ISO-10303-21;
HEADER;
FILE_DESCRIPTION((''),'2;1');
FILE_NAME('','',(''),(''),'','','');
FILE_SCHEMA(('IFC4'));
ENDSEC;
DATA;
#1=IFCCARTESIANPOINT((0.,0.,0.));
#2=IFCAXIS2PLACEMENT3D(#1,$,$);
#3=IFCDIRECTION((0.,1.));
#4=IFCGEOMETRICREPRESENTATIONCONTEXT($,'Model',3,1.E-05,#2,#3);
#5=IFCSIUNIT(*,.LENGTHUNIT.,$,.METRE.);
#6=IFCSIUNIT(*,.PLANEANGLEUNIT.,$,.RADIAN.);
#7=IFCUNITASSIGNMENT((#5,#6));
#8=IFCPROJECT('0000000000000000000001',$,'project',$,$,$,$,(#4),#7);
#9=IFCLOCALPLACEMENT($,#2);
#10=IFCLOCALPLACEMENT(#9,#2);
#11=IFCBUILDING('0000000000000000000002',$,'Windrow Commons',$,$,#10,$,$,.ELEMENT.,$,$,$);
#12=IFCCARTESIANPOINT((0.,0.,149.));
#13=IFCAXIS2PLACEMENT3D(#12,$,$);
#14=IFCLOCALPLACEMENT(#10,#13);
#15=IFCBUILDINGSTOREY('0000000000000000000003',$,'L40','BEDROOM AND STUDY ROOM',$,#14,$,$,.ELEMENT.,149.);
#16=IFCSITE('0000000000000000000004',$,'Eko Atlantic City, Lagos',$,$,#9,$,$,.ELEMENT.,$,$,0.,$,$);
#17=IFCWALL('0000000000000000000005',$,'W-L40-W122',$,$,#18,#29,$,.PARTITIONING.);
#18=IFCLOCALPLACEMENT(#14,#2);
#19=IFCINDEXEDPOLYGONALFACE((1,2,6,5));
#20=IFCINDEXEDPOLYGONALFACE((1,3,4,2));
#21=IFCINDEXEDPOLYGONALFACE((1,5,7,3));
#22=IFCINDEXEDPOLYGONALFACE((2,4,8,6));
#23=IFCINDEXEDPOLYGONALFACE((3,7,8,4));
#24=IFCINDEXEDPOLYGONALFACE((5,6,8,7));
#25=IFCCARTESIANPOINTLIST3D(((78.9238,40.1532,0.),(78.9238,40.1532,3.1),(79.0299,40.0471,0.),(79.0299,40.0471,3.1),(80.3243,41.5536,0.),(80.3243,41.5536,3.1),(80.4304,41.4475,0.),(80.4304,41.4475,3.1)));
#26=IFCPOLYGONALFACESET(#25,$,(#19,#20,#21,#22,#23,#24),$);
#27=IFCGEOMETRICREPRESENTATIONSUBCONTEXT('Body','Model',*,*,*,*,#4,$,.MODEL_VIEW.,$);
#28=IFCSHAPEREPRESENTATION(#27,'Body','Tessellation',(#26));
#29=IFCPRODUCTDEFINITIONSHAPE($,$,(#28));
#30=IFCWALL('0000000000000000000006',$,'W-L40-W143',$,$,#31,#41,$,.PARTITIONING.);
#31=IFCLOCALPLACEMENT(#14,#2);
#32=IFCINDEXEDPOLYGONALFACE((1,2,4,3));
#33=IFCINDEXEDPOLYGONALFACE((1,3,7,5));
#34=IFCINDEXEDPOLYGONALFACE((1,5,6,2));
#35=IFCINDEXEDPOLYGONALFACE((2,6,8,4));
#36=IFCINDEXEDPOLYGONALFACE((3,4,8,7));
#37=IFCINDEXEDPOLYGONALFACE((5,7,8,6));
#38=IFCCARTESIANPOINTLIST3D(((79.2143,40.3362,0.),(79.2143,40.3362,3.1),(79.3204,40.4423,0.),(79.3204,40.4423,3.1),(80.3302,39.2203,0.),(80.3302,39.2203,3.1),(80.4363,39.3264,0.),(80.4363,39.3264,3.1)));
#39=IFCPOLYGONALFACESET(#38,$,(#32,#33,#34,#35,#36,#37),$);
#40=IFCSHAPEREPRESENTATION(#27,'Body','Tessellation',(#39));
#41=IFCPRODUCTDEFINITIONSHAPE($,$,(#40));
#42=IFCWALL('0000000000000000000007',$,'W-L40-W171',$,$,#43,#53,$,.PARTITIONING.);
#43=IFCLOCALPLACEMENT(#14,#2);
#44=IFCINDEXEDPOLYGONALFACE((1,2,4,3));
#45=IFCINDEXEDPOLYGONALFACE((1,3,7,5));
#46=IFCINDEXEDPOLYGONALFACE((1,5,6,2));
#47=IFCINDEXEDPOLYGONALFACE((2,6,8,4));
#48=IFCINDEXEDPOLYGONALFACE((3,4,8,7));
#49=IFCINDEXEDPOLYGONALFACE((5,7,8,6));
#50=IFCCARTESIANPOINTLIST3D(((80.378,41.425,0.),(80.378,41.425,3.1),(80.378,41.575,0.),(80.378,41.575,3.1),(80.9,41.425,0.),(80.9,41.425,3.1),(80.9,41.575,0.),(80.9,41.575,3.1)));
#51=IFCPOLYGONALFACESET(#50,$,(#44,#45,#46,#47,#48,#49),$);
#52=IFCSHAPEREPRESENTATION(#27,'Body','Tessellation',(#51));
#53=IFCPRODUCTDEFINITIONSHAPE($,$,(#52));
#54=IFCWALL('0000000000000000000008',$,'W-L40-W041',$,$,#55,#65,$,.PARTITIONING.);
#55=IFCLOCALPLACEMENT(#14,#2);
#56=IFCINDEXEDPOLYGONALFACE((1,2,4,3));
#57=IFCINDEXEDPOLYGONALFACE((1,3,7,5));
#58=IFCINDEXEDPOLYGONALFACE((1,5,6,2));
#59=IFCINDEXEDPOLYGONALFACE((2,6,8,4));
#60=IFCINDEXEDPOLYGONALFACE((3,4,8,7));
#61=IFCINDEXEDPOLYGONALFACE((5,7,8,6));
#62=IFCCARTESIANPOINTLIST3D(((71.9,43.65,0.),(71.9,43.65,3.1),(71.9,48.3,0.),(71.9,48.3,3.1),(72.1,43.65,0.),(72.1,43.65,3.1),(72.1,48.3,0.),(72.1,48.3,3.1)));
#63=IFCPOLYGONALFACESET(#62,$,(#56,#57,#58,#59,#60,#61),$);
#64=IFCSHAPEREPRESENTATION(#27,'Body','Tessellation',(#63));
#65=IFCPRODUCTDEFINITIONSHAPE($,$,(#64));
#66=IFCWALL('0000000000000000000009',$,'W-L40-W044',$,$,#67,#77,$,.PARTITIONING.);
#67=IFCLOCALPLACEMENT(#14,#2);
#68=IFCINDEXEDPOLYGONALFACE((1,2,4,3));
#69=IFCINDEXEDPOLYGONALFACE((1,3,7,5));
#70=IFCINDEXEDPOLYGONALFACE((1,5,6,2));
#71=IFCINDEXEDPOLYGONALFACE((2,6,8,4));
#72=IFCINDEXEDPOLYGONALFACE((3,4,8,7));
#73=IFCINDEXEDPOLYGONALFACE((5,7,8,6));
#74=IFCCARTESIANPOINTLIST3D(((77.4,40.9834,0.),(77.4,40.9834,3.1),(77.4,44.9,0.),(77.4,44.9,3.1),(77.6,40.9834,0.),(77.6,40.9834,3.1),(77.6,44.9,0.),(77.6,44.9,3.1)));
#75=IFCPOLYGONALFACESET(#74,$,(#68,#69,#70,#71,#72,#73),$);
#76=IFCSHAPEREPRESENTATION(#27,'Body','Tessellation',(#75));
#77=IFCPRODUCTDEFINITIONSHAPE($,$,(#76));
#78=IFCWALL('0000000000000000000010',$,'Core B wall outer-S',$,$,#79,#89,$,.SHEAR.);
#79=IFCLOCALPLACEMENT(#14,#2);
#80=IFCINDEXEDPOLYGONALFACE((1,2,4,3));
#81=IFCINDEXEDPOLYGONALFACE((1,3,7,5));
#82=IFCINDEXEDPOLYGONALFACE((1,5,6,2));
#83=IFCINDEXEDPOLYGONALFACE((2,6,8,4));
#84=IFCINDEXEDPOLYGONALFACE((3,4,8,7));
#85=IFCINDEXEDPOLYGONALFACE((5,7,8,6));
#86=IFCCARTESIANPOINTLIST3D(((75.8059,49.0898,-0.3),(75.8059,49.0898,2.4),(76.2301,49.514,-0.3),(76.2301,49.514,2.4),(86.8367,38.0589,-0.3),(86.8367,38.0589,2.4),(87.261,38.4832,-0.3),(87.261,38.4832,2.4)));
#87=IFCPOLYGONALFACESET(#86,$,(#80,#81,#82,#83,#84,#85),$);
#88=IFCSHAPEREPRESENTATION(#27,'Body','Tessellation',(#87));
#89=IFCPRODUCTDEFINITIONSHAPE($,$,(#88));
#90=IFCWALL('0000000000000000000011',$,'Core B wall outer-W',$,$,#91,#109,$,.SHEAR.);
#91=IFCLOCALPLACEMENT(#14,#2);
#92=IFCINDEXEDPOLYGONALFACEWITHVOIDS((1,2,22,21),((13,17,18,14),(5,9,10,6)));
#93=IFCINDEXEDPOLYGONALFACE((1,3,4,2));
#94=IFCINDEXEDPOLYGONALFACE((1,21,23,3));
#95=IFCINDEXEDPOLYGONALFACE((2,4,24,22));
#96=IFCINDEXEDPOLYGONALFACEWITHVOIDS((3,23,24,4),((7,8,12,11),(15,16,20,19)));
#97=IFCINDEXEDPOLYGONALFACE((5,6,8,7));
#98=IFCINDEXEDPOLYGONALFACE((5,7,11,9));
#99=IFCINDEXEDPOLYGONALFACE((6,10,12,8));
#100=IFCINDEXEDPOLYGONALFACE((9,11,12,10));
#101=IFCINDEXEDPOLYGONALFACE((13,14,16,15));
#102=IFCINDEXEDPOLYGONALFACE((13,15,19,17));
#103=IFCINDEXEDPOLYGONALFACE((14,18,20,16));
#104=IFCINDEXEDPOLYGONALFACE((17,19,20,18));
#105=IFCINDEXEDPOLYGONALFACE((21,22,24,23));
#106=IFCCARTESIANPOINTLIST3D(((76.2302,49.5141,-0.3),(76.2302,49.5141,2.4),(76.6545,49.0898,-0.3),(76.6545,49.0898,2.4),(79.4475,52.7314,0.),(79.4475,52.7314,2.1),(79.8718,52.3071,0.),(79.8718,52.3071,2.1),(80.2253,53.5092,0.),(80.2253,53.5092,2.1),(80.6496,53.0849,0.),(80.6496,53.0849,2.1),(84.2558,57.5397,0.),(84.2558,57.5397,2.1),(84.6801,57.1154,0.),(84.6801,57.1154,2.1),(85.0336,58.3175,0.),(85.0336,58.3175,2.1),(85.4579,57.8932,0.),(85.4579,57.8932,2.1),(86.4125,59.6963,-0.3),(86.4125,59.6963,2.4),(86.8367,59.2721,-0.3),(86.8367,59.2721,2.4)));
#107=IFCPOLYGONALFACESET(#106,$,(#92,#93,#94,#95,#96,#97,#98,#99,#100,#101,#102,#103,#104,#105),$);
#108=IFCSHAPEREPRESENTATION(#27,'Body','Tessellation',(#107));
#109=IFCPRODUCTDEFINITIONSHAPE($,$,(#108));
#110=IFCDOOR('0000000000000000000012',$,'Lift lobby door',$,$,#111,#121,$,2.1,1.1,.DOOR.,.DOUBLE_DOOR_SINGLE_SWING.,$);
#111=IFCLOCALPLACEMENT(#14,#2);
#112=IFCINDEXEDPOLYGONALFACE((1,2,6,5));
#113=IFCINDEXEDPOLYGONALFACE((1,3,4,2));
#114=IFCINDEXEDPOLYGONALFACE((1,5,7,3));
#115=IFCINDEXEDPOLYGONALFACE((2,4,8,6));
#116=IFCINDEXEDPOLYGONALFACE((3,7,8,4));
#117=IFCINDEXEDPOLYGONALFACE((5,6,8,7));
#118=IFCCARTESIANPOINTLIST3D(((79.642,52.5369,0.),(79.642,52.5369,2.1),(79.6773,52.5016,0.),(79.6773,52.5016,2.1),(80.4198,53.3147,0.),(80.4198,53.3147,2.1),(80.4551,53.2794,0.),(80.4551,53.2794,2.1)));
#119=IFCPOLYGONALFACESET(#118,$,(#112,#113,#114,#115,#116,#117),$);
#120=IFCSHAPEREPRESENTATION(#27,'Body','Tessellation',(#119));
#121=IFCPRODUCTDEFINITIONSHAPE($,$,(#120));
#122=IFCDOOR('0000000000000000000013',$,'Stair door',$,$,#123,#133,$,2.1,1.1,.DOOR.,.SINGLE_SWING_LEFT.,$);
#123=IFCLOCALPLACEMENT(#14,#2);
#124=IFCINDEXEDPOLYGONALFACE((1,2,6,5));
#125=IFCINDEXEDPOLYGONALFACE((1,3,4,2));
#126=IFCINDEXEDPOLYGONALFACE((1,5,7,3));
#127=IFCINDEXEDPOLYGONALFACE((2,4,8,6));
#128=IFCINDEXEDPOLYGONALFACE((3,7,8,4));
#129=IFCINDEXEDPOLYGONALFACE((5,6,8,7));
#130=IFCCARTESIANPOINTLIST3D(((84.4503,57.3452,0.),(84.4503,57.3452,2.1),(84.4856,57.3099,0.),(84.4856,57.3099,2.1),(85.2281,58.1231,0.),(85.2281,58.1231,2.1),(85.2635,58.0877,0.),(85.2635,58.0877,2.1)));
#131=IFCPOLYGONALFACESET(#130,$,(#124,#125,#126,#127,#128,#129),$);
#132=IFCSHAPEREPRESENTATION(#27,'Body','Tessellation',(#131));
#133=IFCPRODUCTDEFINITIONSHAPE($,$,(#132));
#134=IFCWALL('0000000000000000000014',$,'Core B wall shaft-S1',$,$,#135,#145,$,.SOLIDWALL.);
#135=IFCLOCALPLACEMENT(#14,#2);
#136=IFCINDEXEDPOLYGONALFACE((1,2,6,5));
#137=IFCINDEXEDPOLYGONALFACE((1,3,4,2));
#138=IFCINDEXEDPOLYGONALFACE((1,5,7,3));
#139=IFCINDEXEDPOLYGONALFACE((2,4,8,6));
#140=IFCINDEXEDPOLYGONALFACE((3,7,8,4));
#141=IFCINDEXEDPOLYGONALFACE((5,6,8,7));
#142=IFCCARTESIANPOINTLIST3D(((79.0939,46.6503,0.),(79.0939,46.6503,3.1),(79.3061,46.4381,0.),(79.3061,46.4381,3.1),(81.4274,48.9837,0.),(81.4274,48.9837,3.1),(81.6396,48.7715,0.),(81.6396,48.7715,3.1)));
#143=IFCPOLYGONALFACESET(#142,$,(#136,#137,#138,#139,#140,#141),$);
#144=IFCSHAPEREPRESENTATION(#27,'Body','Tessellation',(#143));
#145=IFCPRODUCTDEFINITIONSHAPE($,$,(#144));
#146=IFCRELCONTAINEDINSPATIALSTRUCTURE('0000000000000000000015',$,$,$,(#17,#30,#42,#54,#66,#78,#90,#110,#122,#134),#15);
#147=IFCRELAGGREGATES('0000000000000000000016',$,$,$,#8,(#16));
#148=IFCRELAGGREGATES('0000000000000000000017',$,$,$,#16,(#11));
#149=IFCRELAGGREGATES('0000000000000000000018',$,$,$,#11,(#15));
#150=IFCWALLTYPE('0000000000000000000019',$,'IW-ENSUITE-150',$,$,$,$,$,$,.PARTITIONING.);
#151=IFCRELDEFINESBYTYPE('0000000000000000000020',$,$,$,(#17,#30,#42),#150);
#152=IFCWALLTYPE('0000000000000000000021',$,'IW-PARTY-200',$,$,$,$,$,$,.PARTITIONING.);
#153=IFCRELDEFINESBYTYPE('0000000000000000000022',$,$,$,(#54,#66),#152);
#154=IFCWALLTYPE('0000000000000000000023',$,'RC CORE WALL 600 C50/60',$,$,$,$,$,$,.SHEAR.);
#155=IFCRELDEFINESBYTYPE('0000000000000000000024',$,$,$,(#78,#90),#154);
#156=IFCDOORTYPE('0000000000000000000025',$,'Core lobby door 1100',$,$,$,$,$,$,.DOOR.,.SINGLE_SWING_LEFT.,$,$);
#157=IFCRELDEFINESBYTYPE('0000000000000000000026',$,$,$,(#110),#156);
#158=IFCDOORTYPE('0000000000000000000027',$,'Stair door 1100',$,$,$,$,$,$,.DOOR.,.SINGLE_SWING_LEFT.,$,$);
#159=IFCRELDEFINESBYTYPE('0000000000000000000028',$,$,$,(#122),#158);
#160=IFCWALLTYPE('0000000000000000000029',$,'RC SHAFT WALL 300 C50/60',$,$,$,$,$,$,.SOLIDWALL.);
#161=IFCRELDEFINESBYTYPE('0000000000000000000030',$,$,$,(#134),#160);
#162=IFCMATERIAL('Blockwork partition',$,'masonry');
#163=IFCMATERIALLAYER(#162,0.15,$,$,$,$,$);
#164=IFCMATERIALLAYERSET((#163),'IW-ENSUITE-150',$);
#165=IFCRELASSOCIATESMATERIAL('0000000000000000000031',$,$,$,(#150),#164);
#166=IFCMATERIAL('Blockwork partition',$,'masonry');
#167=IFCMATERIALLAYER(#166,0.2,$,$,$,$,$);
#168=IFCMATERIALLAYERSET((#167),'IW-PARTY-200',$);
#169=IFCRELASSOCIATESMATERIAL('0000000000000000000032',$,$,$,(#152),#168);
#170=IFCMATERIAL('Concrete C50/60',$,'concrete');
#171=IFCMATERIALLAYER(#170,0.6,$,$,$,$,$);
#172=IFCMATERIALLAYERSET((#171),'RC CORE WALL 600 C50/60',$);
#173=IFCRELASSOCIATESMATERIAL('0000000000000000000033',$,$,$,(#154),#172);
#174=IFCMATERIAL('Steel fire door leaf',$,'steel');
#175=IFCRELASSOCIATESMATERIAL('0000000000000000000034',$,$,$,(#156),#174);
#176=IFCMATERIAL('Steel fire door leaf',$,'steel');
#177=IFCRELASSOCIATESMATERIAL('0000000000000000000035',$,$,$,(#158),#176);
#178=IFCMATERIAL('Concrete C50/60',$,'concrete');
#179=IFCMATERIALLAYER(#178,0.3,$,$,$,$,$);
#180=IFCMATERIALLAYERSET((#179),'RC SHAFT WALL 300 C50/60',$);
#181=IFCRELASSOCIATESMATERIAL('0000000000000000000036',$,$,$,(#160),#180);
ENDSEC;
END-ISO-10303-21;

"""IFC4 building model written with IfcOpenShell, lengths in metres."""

from ifc_helpers import new_model, si_unit, direction, frame, frame_2d, origin, place, context, subcontext, project, spatial, rectangle, extrude, material, layer, layer_set, type_object, element, fill, save


model = new_model("IFC4")

# Units and contexts
model_context = context("Model", 3, precision=1e-05, world=origin(), true_north=direction((0.0, 1.0)))
body_context = subcontext(model_context, "Body", "Model", "MODEL_VIEW")
ifc_project = project(units=[si_unit("LENGTHUNIT", "METRE"), si_unit("PLANEANGLEUNIT", "RADIAN")], contexts=[model_context])

# Site, building, storey
site_placement = place(None, origin())
site = spatial("IfcSite", under=ifc_project, at=site_placement, Name="Eko Atlantic City, Lagos", CompositionType="ELEMENT", RefElevation=0.0)
building_placement = place(site_placement, origin())
building = spatial("IfcBuilding", under=site, at=building_placement, Name="Windrow Commons", CompositionType="ELEMENT")
storey_placement = place(building_placement, frame((0.0, 0.0, 149.0)))
storey = spatial("IfcBuildingStorey", under=building, at=storey_placement, Name="L40", Description="BEDROOM AND STUDY ROOM", CompositionType="ELEMENT", Elevation=149.0)

# Walls
ifc_material_1 = material(Name="Blockwork partition", Category="masonry")
ifc_layer_1 = layer(ifc_material_1, 0.15)
ifc_layer_set_1 = layer_set([ifc_layer_1], Name="IW-ENSUITE-150")
wall_type_1 = type_object("IfcWallType", Name="IW-ENSUITE-150", PredefinedType="PARTITIONING", material=ifc_layer_set_1)
wall_1_placement = place(storey_placement, frame((78.9769, 40.1002, 0.0), z_axis=(0.0, 0.0, 1.0), x_axis=(0.707132, 0.707082, 0.0)))
element("IfcWall", 1, at=wall_1_placement, inside=storey, type_object=wall_type_1, Name="W-L40-W122", PredefinedType="PARTITIONING", context=body_context, shape_type="SweptSolid", body=[
    extrude(rectangle(XDim=1.9805, YDim=0.15, at=frame_2d((0.9902, 0.0))), origin(), (0.0, 0.0, 1.0), 3.1),
])
wall_2_placement = place(storey_placement, frame((79.2673, 40.3893, 0.0), z_axis=(0.0, 0.0, 1.0), x_axis=(0.707107, -0.707107, 0.0)))
element("IfcWall", 2, at=wall_2_placement, inside=storey, type_object=wall_type_1, Name="W-L40-W143", PredefinedType="PARTITIONING", context=body_context, shape_type="SweptSolid", body=[
    extrude(rectangle(XDim=1.5781, YDim=0.15, at=frame_2d((0.7891, 0.0))), origin(), (0.0, 0.0, 1.0), 3.1),
])
wall_3_placement = place(storey_placement, frame((80.378, 41.5, 0.0), z_axis=(0.0, 0.0, 1.0), x_axis=(1.0, 0.0, 0.0)))
element("IfcWall", 3, at=wall_3_placement, inside=storey, type_object=wall_type_1, Name="W-L40-W171", PredefinedType="PARTITIONING", context=body_context, shape_type="SweptSolid", body=[
    extrude(rectangle(XDim=0.522, YDim=0.15, at=frame_2d((0.261, 0.0))), origin(), (0.0, 0.0, 1.0), 3.1),
])
ifc_material_2 = material(Name="Blockwork partition", Category="masonry")
ifc_layer_2 = layer(ifc_material_2, 0.2)
ifc_layer_set_2 = layer_set([ifc_layer_2], Name="IW-PARTY-200")
wall_type_2 = type_object("IfcWallType", Name="IW-PARTY-200", PredefinedType="PARTITIONING", material=ifc_layer_set_2)
wall_4_placement = place(storey_placement, frame((72.0, 43.65, 0.0), z_axis=(0.0, 0.0, 1.0), x_axis=(0.0, 1.0, 0.0)))
element("IfcWall", 4, at=wall_4_placement, inside=storey, type_object=wall_type_2, Name="W-L40-W041", PredefinedType="PARTITIONING", context=body_context, shape_type="SweptSolid", body=[
    extrude(rectangle(XDim=4.65, YDim=0.2, at=frame_2d((2.325, 0.0))), origin(), (0.0, 0.0, 1.0), 3.1),
])
wall_5_placement = place(storey_placement, frame((77.5, 40.9833, 0.0), z_axis=(0.0, 0.0, 1.0), x_axis=(0.0, 1.0, 0.0)))
element("IfcWall", 5, at=wall_5_placement, inside=storey, type_object=wall_type_2, Name="W-L40-W044", PredefinedType="PARTITIONING", context=body_context, shape_type="SweptSolid", body=[
    extrude(rectangle(XDim=3.9167, YDim=0.2, at=frame_2d((1.9584, 0.0))), origin(), (0.0, 0.0, 1.0), 3.1),
])
ifc_material_3 = material(Name="Concrete C50/60", Category="concrete")
ifc_layer_3 = layer(ifc_material_3, 0.6)
ifc_layer_set_3 = layer_set([ifc_layer_3], Name="RC CORE WALL 600 C50/60")
wall_type_3 = type_object("IfcWallType", Name="RC CORE WALL 600 C50/60", PredefinedType="SHEAR", material=ifc_layer_set_3)
wall_6_placement = place(storey_placement, frame((76.018, 49.3019, -0.3), z_axis=(0.0, 0.0, 1.0), x_axis=(0.707107, -0.707107, 0.0)))
element("IfcWall", 6, at=wall_6_placement, inside=storey, type_object=wall_type_3, Name="Core B wall outer-S", PredefinedType="SHEAR", context=body_context, shape_type="SweptSolid", body=[
    extrude(rectangle(XDim=15.6, YDim=0.6, at=frame_2d((7.8, 0.0))), origin(), (0.0, 0.0, 1.0), 2.7),
])

# Wall, openings, doors
wall_7_placement = place(storey_placement, frame((76.4423, 49.3019, -0.3), z_axis=(0.0, 0.0, 1.0), x_axis=(0.707107, 0.707107, 0.0)))
wall_7 = element("IfcWall", 7, at=wall_7_placement, inside=storey, type_object=wall_type_3, Name="Core B wall outer-W", PredefinedType="SHEAR", context=body_context, shape_type="SweptSolid", body=[
    extrude(rectangle(XDim=14.3999, YDim=0.6, at=frame_2d((7.2, 0.0))), origin(), (0.0, 0.0, 1.0), 2.7),
])
opening_1_placement = place(wall_7_placement, frame((4.55, 0.0, 0.3)))
opening_1 = element("IfcOpeningElement", 8, at=opening_1_placement, cuts=wall_7, PredefinedType="OPENING", context=body_context, shape_type="SweptSolid", body=[
    extrude(rectangle(XDim=1.1, YDim=2.1, at=frame_2d((0.55, 1.05))), frame((0.0, 0.31, 0.0), z_axis=(0.0, -1.0, 0.0), x_axis=(1.0, 0.0, 0.0)), (0.0, 0.0, 1.0), 0.62),
])
opening_2_placement = place(wall_7_placement, frame((11.35, 0.0, 0.3)))
opening_2 = element("IfcOpeningElement", 9, at=opening_2_placement, cuts=wall_7, PredefinedType="OPENING", context=body_context, shape_type="SweptSolid", body=[
    extrude(rectangle(XDim=1.1, YDim=2.1, at=frame_2d((0.55, 1.05))), frame((0.0, 0.31, 0.0), z_axis=(0.0, -1.0, 0.0), x_axis=(1.0, 0.0, 0.0)), (0.0, 0.0, 1.0), 0.62),
])
ifc_material_4 = material(Name="Steel fire door leaf", Category="steel")
door_type_1 = type_object("IfcDoorType", Name="Core lobby door 1100", OperationType="SINGLE_SWING_LEFT", PredefinedType="DOOR", material=ifc_material_4)
door_1_placement = place(opening_1_placement, origin())
door_1 = element("IfcDoor", 10, at=door_1_placement, inside=storey, type_object=door_type_1, Name="Lift lobby door", OperationType="DOUBLE_DOOR_SINGLE_SWING", OverallHeight=2.1, OverallWidth=1.1, PredefinedType="DOOR", context=body_context, shape_type="SweptSolid", body=[
    extrude(rectangle(XDim=1.1, YDim=2.1, at=frame_2d((0.55, 1.05))), frame((0.0, 0.025, 0.0), z_axis=(0.0, -1.0, 0.0), x_axis=(1.0, 0.0, 0.0)), (0.0, 0.0, 1.0), 0.05),
])
fill(opening_1, door_1)
ifc_material_5 = material(Name="Steel fire door leaf", Category="steel")
door_type_2 = type_object("IfcDoorType", Name="Stair door 1100", OperationType="SINGLE_SWING_LEFT", PredefinedType="DOOR", material=ifc_material_5)
door_2_placement = place(opening_2_placement, origin())
door_2 = element("IfcDoor", 11, at=door_2_placement, inside=storey, type_object=door_type_2, Name="Stair door", OperationType="SINGLE_SWING_LEFT", OverallHeight=2.1, OverallWidth=1.1, PredefinedType="DOOR", context=body_context, shape_type="SweptSolid", body=[
    extrude(rectangle(XDim=1.1, YDim=2.1, at=frame_2d((0.55, 1.05))), frame((0.0, 0.025, 0.0), z_axis=(0.0, -1.0, 0.0), x_axis=(1.0, 0.0, 0.0)), (0.0, 0.0, 1.0), 0.05),
])
fill(opening_2, door_2)

# Wall
ifc_material_6 = material(Name="Concrete C50/60", Category="concrete")
ifc_layer_4 = layer(ifc_material_6, 0.3)
ifc_layer_set_4 = layer_set([ifc_layer_4], Name="RC SHAFT WALL 300 C50/60")
wall_type_4 = type_object("IfcWallType", Name="RC SHAFT WALL 300 C50/60", PredefinedType="SOLIDWALL", material=ifc_layer_set_4)
wall_8_placement = place(storey_placement, frame((79.2, 46.5442, 0.0), z_axis=(0.0, 0.0, 1.0), x_axis=(0.707122, 0.707092, 0.0)))
element("IfcWall", 12, at=wall_8_placement, inside=storey, type_object=wall_type_4, Name="Core B wall shaft-S1", PredefinedType="SOLIDWALL", context=body_context, shape_type="SweptSolid", body=[
    extrude(rectangle(XDim=3.3, YDim=0.3, at=frame_2d((1.65, 0.0))), origin(), (0.0, 0.0, 1.0), 3.1),
])

save(model, "model.ifc")
